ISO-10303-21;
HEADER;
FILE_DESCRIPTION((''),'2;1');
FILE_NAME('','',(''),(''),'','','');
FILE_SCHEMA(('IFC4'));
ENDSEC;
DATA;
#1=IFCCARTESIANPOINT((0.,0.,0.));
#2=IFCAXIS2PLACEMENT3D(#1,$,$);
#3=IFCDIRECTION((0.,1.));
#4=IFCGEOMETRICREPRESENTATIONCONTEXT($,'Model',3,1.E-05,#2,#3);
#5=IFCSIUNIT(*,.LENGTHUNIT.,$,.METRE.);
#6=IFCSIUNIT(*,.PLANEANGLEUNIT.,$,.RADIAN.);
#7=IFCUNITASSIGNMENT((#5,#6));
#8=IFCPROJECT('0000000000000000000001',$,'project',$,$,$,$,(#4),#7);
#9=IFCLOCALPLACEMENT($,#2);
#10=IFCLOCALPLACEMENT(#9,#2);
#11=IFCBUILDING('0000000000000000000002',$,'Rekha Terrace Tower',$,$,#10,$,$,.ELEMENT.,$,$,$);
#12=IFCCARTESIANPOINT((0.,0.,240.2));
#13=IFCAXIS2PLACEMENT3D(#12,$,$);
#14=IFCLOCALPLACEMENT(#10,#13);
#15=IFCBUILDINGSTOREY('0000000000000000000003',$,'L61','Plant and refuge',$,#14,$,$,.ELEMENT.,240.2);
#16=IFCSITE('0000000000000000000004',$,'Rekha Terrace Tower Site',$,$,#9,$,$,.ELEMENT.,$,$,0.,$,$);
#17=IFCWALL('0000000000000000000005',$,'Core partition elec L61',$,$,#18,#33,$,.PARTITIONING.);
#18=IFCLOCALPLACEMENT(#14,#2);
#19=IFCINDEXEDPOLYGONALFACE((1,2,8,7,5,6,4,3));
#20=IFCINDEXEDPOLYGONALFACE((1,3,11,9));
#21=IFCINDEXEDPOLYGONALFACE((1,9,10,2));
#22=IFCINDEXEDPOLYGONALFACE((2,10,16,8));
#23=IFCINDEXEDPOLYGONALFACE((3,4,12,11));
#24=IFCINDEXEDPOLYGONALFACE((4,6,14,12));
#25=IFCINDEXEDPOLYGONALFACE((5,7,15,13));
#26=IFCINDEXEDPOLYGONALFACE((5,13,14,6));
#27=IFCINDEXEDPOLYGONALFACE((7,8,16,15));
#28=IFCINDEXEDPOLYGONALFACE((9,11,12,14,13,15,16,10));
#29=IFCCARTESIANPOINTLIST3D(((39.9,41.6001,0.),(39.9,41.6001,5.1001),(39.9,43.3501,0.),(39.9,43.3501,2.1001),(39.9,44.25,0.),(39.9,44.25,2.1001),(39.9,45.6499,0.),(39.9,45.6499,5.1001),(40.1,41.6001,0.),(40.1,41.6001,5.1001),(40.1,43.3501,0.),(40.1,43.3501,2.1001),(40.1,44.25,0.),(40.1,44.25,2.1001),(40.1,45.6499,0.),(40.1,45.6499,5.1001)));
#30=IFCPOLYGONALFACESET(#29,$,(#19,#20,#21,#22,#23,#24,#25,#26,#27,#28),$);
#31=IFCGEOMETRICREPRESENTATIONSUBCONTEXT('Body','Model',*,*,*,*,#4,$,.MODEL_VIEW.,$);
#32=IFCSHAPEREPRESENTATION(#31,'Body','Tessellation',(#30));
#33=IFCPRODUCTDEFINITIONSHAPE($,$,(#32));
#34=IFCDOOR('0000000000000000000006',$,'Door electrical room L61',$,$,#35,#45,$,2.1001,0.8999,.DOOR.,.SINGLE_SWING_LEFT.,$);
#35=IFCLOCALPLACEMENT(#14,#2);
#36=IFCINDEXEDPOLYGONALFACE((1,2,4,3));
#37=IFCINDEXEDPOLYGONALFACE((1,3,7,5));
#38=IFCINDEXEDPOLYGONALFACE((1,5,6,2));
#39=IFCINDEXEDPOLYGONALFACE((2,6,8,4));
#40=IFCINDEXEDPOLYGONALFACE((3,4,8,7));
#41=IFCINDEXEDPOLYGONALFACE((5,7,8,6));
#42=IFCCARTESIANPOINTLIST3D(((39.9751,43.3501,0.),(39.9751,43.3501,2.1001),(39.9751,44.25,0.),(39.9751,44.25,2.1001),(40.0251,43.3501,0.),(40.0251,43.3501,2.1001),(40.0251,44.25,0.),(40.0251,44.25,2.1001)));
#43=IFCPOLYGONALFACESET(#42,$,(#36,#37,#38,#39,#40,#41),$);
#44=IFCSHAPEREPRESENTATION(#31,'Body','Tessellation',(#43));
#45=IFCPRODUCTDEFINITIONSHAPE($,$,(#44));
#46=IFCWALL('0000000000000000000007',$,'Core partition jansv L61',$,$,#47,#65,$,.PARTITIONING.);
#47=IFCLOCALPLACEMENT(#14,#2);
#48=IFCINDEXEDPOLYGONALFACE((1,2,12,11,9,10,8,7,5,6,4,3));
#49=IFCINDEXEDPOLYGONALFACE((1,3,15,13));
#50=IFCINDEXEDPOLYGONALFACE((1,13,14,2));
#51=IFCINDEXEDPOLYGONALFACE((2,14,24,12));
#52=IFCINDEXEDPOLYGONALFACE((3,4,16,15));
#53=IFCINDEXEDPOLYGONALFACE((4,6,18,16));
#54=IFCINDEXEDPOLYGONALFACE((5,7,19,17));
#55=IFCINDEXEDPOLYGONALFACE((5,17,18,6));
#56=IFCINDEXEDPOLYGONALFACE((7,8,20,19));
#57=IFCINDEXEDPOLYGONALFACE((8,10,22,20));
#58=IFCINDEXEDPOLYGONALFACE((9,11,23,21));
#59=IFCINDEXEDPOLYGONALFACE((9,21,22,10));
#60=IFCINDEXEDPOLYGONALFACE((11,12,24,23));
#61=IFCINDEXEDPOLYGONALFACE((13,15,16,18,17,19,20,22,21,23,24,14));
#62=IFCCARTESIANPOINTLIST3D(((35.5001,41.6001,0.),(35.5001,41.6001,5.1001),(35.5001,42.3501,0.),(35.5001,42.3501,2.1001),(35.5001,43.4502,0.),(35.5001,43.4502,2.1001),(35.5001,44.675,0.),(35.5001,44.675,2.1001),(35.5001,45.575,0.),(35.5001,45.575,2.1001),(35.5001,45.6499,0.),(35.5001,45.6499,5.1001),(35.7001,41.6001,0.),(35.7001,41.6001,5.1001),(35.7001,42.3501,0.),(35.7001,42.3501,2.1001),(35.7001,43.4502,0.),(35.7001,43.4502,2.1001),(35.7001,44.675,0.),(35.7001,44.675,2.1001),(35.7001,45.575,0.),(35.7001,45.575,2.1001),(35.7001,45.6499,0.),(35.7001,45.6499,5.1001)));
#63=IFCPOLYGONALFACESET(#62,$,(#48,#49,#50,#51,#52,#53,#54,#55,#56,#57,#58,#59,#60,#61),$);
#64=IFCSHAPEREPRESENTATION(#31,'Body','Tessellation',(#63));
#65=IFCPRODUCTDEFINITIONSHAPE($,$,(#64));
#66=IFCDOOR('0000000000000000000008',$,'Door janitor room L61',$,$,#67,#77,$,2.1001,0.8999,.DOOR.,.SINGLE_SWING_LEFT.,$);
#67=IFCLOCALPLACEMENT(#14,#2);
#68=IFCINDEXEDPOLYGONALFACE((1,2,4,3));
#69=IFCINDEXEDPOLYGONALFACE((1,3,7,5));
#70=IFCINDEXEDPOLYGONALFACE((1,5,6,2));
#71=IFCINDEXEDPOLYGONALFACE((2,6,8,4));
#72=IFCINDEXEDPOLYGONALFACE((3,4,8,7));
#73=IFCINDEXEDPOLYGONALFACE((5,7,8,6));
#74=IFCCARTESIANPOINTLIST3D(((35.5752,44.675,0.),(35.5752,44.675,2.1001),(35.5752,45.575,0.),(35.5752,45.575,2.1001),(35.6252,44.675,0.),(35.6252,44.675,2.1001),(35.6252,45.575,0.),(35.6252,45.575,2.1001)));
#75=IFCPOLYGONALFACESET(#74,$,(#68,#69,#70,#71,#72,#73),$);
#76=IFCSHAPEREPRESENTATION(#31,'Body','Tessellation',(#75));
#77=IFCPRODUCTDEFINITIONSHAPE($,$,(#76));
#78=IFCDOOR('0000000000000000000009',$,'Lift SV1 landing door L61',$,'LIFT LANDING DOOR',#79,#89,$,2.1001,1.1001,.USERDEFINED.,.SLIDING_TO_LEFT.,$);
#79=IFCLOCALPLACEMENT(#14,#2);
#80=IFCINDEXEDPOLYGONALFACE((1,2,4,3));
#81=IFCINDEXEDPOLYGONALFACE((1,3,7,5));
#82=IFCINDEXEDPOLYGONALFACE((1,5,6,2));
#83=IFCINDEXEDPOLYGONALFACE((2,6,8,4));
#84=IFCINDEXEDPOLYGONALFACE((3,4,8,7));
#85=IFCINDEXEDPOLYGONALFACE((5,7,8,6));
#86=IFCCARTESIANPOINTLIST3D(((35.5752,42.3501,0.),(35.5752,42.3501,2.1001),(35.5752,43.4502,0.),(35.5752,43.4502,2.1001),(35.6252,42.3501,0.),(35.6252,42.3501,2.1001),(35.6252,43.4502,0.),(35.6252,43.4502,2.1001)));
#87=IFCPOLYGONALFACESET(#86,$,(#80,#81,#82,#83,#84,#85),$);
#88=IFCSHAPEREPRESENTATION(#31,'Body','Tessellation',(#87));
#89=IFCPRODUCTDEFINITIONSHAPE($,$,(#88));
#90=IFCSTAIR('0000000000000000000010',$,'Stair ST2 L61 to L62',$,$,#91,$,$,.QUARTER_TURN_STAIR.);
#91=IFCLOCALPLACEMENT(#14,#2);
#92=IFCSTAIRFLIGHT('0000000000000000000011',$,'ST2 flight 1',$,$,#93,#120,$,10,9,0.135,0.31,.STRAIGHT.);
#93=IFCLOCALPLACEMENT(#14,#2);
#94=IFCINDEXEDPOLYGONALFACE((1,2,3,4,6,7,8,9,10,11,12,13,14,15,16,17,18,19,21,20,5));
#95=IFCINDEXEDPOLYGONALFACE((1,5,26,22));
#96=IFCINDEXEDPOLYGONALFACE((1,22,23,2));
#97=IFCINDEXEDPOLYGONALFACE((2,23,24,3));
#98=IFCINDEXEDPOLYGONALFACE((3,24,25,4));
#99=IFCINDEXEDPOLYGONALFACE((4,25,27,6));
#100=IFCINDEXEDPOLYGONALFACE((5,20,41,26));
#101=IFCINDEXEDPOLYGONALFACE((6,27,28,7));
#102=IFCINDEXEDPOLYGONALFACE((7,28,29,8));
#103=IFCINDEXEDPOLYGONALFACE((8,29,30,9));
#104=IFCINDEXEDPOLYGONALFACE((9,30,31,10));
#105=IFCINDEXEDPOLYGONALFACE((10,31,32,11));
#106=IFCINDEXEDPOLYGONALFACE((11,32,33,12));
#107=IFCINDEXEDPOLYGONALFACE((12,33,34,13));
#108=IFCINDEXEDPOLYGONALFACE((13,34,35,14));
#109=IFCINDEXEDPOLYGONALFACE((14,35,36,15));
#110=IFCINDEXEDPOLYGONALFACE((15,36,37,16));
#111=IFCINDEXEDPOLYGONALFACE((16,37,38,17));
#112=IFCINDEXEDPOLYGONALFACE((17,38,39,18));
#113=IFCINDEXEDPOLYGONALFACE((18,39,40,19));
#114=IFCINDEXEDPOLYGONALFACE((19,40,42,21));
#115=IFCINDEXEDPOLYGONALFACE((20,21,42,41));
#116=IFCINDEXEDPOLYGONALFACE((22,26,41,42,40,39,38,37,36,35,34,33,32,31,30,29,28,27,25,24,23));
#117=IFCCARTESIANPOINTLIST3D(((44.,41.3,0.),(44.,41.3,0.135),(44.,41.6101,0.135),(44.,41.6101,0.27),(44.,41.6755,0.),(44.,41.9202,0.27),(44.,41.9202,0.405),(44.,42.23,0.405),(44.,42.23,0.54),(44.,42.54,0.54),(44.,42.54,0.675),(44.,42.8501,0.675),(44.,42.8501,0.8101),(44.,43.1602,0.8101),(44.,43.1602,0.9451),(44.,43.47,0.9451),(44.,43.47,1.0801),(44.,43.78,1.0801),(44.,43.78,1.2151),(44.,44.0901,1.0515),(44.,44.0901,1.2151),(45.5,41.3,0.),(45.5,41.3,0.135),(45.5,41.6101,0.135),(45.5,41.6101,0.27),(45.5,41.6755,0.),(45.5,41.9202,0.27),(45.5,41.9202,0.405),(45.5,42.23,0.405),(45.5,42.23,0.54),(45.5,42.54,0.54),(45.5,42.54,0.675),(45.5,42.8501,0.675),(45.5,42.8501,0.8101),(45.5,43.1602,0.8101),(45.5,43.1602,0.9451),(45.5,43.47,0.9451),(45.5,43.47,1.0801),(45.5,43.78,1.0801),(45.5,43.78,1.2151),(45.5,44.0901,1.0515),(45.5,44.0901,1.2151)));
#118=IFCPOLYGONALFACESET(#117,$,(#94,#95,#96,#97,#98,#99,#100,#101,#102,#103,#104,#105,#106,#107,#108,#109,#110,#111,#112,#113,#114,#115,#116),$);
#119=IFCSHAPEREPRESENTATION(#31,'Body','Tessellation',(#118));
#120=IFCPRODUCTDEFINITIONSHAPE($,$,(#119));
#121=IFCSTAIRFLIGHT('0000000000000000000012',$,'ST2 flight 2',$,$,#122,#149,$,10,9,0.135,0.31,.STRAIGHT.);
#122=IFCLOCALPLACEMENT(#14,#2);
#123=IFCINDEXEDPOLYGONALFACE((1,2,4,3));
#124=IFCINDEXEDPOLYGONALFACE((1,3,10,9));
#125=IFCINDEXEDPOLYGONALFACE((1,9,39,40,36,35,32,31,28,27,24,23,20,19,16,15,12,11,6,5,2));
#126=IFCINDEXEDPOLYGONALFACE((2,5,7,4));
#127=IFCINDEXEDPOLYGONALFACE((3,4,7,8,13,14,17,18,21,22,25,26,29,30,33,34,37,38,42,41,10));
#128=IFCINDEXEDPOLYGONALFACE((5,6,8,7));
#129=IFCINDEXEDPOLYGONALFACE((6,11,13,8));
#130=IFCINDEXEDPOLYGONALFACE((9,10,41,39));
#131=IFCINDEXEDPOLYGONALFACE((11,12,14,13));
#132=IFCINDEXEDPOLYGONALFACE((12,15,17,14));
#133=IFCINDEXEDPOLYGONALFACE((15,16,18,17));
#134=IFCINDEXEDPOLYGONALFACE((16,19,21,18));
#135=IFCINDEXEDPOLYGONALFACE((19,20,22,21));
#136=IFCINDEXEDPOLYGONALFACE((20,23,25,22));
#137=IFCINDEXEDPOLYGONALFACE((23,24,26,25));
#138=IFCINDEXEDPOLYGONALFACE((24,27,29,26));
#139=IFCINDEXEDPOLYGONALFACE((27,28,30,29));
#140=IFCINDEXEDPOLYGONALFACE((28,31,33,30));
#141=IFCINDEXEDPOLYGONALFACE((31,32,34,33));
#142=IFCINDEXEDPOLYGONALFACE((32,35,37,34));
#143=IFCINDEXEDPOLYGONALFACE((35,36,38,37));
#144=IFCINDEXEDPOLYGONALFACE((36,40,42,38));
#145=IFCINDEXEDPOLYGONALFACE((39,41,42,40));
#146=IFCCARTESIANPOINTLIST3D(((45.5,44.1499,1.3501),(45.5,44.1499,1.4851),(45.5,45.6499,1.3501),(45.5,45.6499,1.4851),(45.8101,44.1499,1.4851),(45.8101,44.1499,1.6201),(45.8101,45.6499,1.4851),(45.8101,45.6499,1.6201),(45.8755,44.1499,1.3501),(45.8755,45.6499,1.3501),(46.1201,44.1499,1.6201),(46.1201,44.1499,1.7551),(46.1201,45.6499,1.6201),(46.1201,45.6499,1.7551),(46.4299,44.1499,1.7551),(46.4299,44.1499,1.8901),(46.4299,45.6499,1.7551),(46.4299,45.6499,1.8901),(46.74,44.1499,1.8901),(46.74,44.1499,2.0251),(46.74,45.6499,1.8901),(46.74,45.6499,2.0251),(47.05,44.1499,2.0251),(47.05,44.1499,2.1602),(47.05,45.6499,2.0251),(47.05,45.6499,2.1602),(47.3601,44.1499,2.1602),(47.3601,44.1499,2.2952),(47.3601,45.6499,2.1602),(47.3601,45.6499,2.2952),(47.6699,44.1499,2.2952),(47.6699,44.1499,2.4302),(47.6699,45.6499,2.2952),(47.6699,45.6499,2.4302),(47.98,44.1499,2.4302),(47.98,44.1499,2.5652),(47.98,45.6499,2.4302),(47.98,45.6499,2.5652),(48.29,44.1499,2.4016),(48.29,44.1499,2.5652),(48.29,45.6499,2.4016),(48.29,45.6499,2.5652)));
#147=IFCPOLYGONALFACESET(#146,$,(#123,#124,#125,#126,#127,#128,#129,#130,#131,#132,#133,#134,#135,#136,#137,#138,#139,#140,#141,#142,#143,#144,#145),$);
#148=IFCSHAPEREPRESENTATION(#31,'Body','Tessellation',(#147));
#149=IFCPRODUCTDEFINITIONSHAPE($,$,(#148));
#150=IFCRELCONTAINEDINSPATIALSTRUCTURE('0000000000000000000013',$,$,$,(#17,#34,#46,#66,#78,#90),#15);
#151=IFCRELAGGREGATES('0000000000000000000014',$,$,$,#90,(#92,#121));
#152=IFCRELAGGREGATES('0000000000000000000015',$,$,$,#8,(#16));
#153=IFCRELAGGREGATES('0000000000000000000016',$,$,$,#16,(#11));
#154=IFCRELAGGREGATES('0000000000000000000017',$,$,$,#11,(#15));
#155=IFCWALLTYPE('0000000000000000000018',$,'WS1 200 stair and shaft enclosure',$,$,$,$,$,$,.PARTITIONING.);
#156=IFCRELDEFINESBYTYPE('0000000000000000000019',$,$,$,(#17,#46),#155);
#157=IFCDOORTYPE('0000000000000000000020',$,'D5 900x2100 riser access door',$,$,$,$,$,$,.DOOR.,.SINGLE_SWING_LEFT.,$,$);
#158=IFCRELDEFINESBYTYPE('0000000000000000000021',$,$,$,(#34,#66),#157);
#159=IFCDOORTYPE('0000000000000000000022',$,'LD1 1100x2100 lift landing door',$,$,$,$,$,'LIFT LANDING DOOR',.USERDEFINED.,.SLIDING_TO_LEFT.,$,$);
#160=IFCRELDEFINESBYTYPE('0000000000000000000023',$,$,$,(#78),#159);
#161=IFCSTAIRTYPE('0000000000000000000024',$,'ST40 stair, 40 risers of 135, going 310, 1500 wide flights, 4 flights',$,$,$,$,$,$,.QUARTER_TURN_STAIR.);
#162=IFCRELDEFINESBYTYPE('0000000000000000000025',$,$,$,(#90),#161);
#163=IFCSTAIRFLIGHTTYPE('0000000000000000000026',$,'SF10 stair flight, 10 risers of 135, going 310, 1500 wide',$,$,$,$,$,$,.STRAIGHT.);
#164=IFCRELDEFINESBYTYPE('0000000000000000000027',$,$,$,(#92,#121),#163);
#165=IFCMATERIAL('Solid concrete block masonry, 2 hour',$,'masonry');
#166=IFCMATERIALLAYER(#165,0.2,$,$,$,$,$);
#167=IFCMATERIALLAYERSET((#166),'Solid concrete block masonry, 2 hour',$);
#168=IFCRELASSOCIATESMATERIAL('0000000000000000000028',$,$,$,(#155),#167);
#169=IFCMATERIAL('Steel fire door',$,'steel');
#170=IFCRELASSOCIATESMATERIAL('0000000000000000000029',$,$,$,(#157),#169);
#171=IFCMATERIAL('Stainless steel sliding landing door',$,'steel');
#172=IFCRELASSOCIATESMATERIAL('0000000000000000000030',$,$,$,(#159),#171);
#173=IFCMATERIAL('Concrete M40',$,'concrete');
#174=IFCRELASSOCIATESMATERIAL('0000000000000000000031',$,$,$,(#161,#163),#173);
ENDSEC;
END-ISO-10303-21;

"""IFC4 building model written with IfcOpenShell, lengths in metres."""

from ifc_helpers import new_model, si_unit, direction, frame, frame_2d, origin, place, context, subcontext, project, spatial, polyline, rectangle, outline, extrude, material, layer, layer_set, type_object, element, fill, aggregate, save


model = new_model("IFC4")

# Units and contexts
model_context = context("Model", 3, precision=1e-05, world=origin(), true_north=direction((0.0, 1.0)))
body_context = subcontext(model_context, "Body", "Model", "MODEL_VIEW")
ifc_project = project(units=[si_unit("LENGTHUNIT", "METRE"), si_unit("PLANEANGLEUNIT", "RADIAN")], contexts=[model_context])

# Site, building, storey
site_placement = place(None, origin())
site = spatial("IfcSite", under=ifc_project, at=site_placement, Name="Rekha Terrace Tower Site", CompositionType="ELEMENT", RefElevation=0.0)
building_placement = place(site_placement, origin())
building = spatial("IfcBuilding", under=site, at=building_placement, Name="Rekha Terrace Tower", CompositionType="ELEMENT")
storey_placement = place(building_placement, frame((0.0, 0.0, 240.2)))
storey = spatial("IfcBuildingStorey", under=building, at=storey_placement, Name="L61", Description="Plant and refuge", CompositionType="ELEMENT", Elevation=240.2)

# Shared definitions
ifc_material_1 = material(Name="Stainless steel sliding landing door", Category="steel")
ifc_material_2 = material(Name="Steel fire door", Category="steel")

# Shared definitions
ifc_material_3 = material(Name="Solid concrete block masonry, 2 hour", Category="masonry")
ifc_layer_1 = layer(ifc_material_3, 0.2)
ifc_layer_set_1 = layer_set([ifc_layer_1], Name="Solid concrete block masonry, 2 hour")
wall_type_1 = type_object("IfcWallType", Name="WS1 200 stair and shaft enclosure", PredefinedType="PARTITIONING", material=ifc_layer_set_1)

# Wall, opening, door
wall_1_placement = place(storey_placement, frame((40.0, 41.6001, 0.0), z_axis=(0.0, 0.0, 1.0), x_axis=(0.0, 1.0, 0.0)))
wall_1 = element("IfcWall", 1, at=wall_1_placement, inside=storey, type_object=wall_type_1, Name="Core partition elec L61", PredefinedType="PARTITIONING", context=body_context, shape_type="SweptSolid", body=[
    extrude(rectangle(XDim=4.0498, YDim=0.2, at=frame_2d((2.0249, 0.0))), origin(), (0.0, 0.0, 1.0), 5.1001),
])
opening_1_placement = place(wall_1_placement, frame((1.75, 0.0, 0.0)))
opening_1 = element("IfcOpeningElement", 2, at=opening_1_placement, cuts=wall_1, PredefinedType="OPENING", context=body_context, shape_type="SweptSolid", body=[
    extrude(rectangle(XDim=0.8999, YDim=2.1001, at=frame_2d((0.45, 1.05))), frame((0.0, 0.1099, 0.0), z_axis=(0.0, -1.0, 0.0), x_axis=(1.0, 0.0, 0.0)), (0.0, 0.0, 1.0), 0.22),
])
door_type_1 = type_object("IfcDoorType", Name="D5 900x2100 riser access door", OperationType="SINGLE_SWING_LEFT", PredefinedType="DOOR", material=ifc_material_2)
door_1_placement = place(opening_1_placement, origin())
door_1 = element("IfcDoor", 3, at=door_1_placement, inside=storey, type_object=door_type_1, Name="Door electrical room L61", OperationType="SINGLE_SWING_LEFT", OverallHeight=2.1001, OverallWidth=0.8999, PredefinedType="DOOR", context=body_context, shape_type="SweptSolid", body=[
    extrude(rectangle(XDim=0.8999, YDim=2.1001, at=frame_2d((0.45, 1.05))), frame((0.0, 0.0249, 0.0), z_axis=(0.0, -1.0, 0.0), x_axis=(1.0, 0.0, 0.0)), (0.0, 0.0, 1.0), 0.05),
])
fill(opening_1, door_1)

# Wall, openings, doors
wall_2_placement = place(storey_placement, frame((35.6001, 41.6001, 0.0), z_axis=(0.0, 0.0, 1.0), x_axis=(0.0, 1.0, 0.0)))
wall_2 = element("IfcWall", 4, at=wall_2_placement, inside=storey, type_object=wall_type_1, Name="Core partition jansv L61", PredefinedType="PARTITIONING", context=body_context, shape_type="SweptSolid", body=[
    extrude(rectangle(XDim=4.0498, YDim=0.2, at=frame_2d((2.0249, 0.0))), origin(), (0.0, 0.0, 1.0), 5.1001),
])
opening_2_placement = place(wall_2_placement, frame((3.075, 0.0, 0.0)))
opening_2 = element("IfcOpeningElement", 5, at=opening_2_placement, cuts=wall_2, PredefinedType="OPENING", context=body_context, shape_type="SweptSolid", body=[
    extrude(rectangle(XDim=0.8999, YDim=2.1001, at=frame_2d((0.45, 1.05))), frame((0.0, 0.1099, 0.0), z_axis=(0.0, -1.0, 0.0), x_axis=(1.0, 0.0, 0.0)), (0.0, 0.0, 1.0), 0.22),
])
opening_3_placement = place(wall_2_placement, frame((0.75, 0.0, 0.0)))
opening_3 = element("IfcOpeningElement", 6, at=opening_3_placement, cuts=wall_2, PredefinedType="OPENING", context=body_context, shape_type="SweptSolid", body=[
    extrude(rectangle(XDim=1.1001, YDim=2.1001, at=frame_2d((0.55, 1.05))), frame((0.0, 0.1099, 0.0), z_axis=(0.0, -1.0, 0.0), x_axis=(1.0, 0.0, 0.0)), (0.0, 0.0, 1.0), 0.22),
])
door_2_placement = place(opening_2_placement, origin())
door_2 = element("IfcDoor", 7, at=door_2_placement, inside=storey, type_object=door_type_1, Name="Door janitor room L61", OperationType="SINGLE_SWING_LEFT", OverallHeight=2.1001, OverallWidth=0.8999, PredefinedType="DOOR", context=body_context, shape_type="SweptSolid", body=[
    extrude(rectangle(XDim=0.8999, YDim=2.1001, at=frame_2d((0.45, 1.05))), frame((0.0, 0.0249, 0.0), z_axis=(0.0, -1.0, 0.0), x_axis=(1.0, 0.0, 0.0)), (0.0, 0.0, 1.0), 0.05),
])
fill(opening_2, door_2)
door_type_2 = type_object("IfcDoorType", Name="LD1 1100x2100 lift landing door", ElementType="LIFT LANDING DOOR", OperationType="SLIDING_TO_LEFT", PredefinedType="USERDEFINED", material=ifc_material_1)
door_3_placement = place(opening_3_placement, origin())
door_3 = element("IfcDoor", 8, at=door_3_placement, inside=storey, type_object=door_type_2, Name="Lift SV1 landing door L61", ObjectType="LIFT LANDING DOOR", OperationType="SLIDING_TO_LEFT", OverallHeight=2.1001, OverallWidth=1.1001, PredefinedType="USERDEFINED", context=body_context, shape_type="SweptSolid", body=[
    extrude(rectangle(XDim=1.1001, YDim=2.1001, at=frame_2d((0.55, 1.05))), frame((0.0, 0.0249, 0.0), z_axis=(0.0, -1.0, 0.0), x_axis=(1.0, 0.0, 0.0)), (0.0, 0.0, 1.0), 0.05),
])
fill(opening_3, door_3)

# Stair, stair flights
ifc_material_4 = material(Name="Concrete M40", Category="concrete")
stair_type = type_object("IfcStairType", Name="ST40 stair, 40 risers of 135, going 310, 1500 wide flights, 4 flights", PredefinedType="QUARTER_TURN_STAIR", material=ifc_material_4)
stair_placement = place(storey_placement, origin())
stair = element("IfcStair", 9, at=stair_placement, inside=storey, type_object=stair_type, Name="Stair ST2 L61 to L62", PredefinedType="QUARTER_TURN_STAIR")
stair_flight_type = type_object("IfcStairFlightType", Name="SF10 stair flight, 10 risers of 135, going 310, 1500 wide", PredefinedType="STRAIGHT", material=ifc_material_4)
stair_flight_1_placement = place(storey_placement, frame((44.75, 41.3, 0.0), z_axis=(0.0, 0.0, 1.0), x_axis=(0.0, 1.0, 0.0)))
stair_flight_1 = element("IfcStairFlight", 10, at=stair_flight_1_placement, type_object=stair_flight_type, Name="ST2 flight 1", NumberOfRisers=10, NumberOfTreads=9, PredefinedType="STRAIGHT", RiserHeight=0.135, TreadLength=0.31, context=body_context, shape_type="SweptSolid", body=[
    extrude(outline(polyline([(0.0, 0.0), (0.0, 0.135), (0.3101, 0.135), (0.3101, 0.27), (0.6201, 0.27), (0.6201, 0.405), (0.9299, 0.405), (0.9299, 0.54), (1.24, 0.54), (1.24, 0.675), (1.55, 0.675), (1.55, 0.8101), (1.8601, 0.8101), (1.8601, 0.9451), (2.1699, 0.9451), (2.1699, 1.0801), (2.48, 1.0801), (2.48, 1.2151), (2.79, 1.2151), (2.79, 1.3501), (2.79, 1.0515), (0.3755, 0.0), (0.0, 0.0)])), frame((0.0, 0.75, 0.0), z_axis=(0.0, -1.0, 0.0), x_axis=(1.0, 0.0, 0.0)), (0.0, 0.0, 1.0), 1.5),
])
stair_flight_2_placement = place(storey_placement, frame((45.5, 44.8999, 1.3501), z_axis=(0.0, 0.0, 1.0), x_axis=(1.0, 0.0, 0.0)))
stair_flight_2 = element("IfcStairFlight", 11, at=stair_flight_2_placement, type_object=stair_flight_type, Name="ST2 flight 2", NumberOfRisers=10, NumberOfTreads=9, PredefinedType="STRAIGHT", RiserHeight=0.135, TreadLength=0.31, context=body_context, shape_type="SweptSolid", body=[
    extrude(outline(polyline([(0.0, 0.0), (0.0, 0.135), (0.3101, 0.135), (0.3101, 0.27), (0.6201, 0.27), (0.6201, 0.405), (0.9299, 0.405), (0.9299, 0.54), (1.24, 0.54), (1.24, 0.675), (1.55, 0.675), (1.55, 0.8101), (1.8601, 0.8101), (1.8601, 0.9451), (2.1699, 0.9451), (2.1699, 1.0801), (2.48, 1.0801), (2.48, 1.2151), (2.79, 1.2151), (2.79, 1.3501), (2.79, 1.0515), (0.3755, 0.0), (0.0, 0.0)])), frame((0.0, 0.75, 0.0), z_axis=(0.0, -1.0, 0.0), x_axis=(1.0, 0.0, 0.0)), (0.0, 0.0, 1.0), 1.5),
])
aggregate(stair, [stair_flight_1, stair_flight_2])

save(model, "model.ifc")
